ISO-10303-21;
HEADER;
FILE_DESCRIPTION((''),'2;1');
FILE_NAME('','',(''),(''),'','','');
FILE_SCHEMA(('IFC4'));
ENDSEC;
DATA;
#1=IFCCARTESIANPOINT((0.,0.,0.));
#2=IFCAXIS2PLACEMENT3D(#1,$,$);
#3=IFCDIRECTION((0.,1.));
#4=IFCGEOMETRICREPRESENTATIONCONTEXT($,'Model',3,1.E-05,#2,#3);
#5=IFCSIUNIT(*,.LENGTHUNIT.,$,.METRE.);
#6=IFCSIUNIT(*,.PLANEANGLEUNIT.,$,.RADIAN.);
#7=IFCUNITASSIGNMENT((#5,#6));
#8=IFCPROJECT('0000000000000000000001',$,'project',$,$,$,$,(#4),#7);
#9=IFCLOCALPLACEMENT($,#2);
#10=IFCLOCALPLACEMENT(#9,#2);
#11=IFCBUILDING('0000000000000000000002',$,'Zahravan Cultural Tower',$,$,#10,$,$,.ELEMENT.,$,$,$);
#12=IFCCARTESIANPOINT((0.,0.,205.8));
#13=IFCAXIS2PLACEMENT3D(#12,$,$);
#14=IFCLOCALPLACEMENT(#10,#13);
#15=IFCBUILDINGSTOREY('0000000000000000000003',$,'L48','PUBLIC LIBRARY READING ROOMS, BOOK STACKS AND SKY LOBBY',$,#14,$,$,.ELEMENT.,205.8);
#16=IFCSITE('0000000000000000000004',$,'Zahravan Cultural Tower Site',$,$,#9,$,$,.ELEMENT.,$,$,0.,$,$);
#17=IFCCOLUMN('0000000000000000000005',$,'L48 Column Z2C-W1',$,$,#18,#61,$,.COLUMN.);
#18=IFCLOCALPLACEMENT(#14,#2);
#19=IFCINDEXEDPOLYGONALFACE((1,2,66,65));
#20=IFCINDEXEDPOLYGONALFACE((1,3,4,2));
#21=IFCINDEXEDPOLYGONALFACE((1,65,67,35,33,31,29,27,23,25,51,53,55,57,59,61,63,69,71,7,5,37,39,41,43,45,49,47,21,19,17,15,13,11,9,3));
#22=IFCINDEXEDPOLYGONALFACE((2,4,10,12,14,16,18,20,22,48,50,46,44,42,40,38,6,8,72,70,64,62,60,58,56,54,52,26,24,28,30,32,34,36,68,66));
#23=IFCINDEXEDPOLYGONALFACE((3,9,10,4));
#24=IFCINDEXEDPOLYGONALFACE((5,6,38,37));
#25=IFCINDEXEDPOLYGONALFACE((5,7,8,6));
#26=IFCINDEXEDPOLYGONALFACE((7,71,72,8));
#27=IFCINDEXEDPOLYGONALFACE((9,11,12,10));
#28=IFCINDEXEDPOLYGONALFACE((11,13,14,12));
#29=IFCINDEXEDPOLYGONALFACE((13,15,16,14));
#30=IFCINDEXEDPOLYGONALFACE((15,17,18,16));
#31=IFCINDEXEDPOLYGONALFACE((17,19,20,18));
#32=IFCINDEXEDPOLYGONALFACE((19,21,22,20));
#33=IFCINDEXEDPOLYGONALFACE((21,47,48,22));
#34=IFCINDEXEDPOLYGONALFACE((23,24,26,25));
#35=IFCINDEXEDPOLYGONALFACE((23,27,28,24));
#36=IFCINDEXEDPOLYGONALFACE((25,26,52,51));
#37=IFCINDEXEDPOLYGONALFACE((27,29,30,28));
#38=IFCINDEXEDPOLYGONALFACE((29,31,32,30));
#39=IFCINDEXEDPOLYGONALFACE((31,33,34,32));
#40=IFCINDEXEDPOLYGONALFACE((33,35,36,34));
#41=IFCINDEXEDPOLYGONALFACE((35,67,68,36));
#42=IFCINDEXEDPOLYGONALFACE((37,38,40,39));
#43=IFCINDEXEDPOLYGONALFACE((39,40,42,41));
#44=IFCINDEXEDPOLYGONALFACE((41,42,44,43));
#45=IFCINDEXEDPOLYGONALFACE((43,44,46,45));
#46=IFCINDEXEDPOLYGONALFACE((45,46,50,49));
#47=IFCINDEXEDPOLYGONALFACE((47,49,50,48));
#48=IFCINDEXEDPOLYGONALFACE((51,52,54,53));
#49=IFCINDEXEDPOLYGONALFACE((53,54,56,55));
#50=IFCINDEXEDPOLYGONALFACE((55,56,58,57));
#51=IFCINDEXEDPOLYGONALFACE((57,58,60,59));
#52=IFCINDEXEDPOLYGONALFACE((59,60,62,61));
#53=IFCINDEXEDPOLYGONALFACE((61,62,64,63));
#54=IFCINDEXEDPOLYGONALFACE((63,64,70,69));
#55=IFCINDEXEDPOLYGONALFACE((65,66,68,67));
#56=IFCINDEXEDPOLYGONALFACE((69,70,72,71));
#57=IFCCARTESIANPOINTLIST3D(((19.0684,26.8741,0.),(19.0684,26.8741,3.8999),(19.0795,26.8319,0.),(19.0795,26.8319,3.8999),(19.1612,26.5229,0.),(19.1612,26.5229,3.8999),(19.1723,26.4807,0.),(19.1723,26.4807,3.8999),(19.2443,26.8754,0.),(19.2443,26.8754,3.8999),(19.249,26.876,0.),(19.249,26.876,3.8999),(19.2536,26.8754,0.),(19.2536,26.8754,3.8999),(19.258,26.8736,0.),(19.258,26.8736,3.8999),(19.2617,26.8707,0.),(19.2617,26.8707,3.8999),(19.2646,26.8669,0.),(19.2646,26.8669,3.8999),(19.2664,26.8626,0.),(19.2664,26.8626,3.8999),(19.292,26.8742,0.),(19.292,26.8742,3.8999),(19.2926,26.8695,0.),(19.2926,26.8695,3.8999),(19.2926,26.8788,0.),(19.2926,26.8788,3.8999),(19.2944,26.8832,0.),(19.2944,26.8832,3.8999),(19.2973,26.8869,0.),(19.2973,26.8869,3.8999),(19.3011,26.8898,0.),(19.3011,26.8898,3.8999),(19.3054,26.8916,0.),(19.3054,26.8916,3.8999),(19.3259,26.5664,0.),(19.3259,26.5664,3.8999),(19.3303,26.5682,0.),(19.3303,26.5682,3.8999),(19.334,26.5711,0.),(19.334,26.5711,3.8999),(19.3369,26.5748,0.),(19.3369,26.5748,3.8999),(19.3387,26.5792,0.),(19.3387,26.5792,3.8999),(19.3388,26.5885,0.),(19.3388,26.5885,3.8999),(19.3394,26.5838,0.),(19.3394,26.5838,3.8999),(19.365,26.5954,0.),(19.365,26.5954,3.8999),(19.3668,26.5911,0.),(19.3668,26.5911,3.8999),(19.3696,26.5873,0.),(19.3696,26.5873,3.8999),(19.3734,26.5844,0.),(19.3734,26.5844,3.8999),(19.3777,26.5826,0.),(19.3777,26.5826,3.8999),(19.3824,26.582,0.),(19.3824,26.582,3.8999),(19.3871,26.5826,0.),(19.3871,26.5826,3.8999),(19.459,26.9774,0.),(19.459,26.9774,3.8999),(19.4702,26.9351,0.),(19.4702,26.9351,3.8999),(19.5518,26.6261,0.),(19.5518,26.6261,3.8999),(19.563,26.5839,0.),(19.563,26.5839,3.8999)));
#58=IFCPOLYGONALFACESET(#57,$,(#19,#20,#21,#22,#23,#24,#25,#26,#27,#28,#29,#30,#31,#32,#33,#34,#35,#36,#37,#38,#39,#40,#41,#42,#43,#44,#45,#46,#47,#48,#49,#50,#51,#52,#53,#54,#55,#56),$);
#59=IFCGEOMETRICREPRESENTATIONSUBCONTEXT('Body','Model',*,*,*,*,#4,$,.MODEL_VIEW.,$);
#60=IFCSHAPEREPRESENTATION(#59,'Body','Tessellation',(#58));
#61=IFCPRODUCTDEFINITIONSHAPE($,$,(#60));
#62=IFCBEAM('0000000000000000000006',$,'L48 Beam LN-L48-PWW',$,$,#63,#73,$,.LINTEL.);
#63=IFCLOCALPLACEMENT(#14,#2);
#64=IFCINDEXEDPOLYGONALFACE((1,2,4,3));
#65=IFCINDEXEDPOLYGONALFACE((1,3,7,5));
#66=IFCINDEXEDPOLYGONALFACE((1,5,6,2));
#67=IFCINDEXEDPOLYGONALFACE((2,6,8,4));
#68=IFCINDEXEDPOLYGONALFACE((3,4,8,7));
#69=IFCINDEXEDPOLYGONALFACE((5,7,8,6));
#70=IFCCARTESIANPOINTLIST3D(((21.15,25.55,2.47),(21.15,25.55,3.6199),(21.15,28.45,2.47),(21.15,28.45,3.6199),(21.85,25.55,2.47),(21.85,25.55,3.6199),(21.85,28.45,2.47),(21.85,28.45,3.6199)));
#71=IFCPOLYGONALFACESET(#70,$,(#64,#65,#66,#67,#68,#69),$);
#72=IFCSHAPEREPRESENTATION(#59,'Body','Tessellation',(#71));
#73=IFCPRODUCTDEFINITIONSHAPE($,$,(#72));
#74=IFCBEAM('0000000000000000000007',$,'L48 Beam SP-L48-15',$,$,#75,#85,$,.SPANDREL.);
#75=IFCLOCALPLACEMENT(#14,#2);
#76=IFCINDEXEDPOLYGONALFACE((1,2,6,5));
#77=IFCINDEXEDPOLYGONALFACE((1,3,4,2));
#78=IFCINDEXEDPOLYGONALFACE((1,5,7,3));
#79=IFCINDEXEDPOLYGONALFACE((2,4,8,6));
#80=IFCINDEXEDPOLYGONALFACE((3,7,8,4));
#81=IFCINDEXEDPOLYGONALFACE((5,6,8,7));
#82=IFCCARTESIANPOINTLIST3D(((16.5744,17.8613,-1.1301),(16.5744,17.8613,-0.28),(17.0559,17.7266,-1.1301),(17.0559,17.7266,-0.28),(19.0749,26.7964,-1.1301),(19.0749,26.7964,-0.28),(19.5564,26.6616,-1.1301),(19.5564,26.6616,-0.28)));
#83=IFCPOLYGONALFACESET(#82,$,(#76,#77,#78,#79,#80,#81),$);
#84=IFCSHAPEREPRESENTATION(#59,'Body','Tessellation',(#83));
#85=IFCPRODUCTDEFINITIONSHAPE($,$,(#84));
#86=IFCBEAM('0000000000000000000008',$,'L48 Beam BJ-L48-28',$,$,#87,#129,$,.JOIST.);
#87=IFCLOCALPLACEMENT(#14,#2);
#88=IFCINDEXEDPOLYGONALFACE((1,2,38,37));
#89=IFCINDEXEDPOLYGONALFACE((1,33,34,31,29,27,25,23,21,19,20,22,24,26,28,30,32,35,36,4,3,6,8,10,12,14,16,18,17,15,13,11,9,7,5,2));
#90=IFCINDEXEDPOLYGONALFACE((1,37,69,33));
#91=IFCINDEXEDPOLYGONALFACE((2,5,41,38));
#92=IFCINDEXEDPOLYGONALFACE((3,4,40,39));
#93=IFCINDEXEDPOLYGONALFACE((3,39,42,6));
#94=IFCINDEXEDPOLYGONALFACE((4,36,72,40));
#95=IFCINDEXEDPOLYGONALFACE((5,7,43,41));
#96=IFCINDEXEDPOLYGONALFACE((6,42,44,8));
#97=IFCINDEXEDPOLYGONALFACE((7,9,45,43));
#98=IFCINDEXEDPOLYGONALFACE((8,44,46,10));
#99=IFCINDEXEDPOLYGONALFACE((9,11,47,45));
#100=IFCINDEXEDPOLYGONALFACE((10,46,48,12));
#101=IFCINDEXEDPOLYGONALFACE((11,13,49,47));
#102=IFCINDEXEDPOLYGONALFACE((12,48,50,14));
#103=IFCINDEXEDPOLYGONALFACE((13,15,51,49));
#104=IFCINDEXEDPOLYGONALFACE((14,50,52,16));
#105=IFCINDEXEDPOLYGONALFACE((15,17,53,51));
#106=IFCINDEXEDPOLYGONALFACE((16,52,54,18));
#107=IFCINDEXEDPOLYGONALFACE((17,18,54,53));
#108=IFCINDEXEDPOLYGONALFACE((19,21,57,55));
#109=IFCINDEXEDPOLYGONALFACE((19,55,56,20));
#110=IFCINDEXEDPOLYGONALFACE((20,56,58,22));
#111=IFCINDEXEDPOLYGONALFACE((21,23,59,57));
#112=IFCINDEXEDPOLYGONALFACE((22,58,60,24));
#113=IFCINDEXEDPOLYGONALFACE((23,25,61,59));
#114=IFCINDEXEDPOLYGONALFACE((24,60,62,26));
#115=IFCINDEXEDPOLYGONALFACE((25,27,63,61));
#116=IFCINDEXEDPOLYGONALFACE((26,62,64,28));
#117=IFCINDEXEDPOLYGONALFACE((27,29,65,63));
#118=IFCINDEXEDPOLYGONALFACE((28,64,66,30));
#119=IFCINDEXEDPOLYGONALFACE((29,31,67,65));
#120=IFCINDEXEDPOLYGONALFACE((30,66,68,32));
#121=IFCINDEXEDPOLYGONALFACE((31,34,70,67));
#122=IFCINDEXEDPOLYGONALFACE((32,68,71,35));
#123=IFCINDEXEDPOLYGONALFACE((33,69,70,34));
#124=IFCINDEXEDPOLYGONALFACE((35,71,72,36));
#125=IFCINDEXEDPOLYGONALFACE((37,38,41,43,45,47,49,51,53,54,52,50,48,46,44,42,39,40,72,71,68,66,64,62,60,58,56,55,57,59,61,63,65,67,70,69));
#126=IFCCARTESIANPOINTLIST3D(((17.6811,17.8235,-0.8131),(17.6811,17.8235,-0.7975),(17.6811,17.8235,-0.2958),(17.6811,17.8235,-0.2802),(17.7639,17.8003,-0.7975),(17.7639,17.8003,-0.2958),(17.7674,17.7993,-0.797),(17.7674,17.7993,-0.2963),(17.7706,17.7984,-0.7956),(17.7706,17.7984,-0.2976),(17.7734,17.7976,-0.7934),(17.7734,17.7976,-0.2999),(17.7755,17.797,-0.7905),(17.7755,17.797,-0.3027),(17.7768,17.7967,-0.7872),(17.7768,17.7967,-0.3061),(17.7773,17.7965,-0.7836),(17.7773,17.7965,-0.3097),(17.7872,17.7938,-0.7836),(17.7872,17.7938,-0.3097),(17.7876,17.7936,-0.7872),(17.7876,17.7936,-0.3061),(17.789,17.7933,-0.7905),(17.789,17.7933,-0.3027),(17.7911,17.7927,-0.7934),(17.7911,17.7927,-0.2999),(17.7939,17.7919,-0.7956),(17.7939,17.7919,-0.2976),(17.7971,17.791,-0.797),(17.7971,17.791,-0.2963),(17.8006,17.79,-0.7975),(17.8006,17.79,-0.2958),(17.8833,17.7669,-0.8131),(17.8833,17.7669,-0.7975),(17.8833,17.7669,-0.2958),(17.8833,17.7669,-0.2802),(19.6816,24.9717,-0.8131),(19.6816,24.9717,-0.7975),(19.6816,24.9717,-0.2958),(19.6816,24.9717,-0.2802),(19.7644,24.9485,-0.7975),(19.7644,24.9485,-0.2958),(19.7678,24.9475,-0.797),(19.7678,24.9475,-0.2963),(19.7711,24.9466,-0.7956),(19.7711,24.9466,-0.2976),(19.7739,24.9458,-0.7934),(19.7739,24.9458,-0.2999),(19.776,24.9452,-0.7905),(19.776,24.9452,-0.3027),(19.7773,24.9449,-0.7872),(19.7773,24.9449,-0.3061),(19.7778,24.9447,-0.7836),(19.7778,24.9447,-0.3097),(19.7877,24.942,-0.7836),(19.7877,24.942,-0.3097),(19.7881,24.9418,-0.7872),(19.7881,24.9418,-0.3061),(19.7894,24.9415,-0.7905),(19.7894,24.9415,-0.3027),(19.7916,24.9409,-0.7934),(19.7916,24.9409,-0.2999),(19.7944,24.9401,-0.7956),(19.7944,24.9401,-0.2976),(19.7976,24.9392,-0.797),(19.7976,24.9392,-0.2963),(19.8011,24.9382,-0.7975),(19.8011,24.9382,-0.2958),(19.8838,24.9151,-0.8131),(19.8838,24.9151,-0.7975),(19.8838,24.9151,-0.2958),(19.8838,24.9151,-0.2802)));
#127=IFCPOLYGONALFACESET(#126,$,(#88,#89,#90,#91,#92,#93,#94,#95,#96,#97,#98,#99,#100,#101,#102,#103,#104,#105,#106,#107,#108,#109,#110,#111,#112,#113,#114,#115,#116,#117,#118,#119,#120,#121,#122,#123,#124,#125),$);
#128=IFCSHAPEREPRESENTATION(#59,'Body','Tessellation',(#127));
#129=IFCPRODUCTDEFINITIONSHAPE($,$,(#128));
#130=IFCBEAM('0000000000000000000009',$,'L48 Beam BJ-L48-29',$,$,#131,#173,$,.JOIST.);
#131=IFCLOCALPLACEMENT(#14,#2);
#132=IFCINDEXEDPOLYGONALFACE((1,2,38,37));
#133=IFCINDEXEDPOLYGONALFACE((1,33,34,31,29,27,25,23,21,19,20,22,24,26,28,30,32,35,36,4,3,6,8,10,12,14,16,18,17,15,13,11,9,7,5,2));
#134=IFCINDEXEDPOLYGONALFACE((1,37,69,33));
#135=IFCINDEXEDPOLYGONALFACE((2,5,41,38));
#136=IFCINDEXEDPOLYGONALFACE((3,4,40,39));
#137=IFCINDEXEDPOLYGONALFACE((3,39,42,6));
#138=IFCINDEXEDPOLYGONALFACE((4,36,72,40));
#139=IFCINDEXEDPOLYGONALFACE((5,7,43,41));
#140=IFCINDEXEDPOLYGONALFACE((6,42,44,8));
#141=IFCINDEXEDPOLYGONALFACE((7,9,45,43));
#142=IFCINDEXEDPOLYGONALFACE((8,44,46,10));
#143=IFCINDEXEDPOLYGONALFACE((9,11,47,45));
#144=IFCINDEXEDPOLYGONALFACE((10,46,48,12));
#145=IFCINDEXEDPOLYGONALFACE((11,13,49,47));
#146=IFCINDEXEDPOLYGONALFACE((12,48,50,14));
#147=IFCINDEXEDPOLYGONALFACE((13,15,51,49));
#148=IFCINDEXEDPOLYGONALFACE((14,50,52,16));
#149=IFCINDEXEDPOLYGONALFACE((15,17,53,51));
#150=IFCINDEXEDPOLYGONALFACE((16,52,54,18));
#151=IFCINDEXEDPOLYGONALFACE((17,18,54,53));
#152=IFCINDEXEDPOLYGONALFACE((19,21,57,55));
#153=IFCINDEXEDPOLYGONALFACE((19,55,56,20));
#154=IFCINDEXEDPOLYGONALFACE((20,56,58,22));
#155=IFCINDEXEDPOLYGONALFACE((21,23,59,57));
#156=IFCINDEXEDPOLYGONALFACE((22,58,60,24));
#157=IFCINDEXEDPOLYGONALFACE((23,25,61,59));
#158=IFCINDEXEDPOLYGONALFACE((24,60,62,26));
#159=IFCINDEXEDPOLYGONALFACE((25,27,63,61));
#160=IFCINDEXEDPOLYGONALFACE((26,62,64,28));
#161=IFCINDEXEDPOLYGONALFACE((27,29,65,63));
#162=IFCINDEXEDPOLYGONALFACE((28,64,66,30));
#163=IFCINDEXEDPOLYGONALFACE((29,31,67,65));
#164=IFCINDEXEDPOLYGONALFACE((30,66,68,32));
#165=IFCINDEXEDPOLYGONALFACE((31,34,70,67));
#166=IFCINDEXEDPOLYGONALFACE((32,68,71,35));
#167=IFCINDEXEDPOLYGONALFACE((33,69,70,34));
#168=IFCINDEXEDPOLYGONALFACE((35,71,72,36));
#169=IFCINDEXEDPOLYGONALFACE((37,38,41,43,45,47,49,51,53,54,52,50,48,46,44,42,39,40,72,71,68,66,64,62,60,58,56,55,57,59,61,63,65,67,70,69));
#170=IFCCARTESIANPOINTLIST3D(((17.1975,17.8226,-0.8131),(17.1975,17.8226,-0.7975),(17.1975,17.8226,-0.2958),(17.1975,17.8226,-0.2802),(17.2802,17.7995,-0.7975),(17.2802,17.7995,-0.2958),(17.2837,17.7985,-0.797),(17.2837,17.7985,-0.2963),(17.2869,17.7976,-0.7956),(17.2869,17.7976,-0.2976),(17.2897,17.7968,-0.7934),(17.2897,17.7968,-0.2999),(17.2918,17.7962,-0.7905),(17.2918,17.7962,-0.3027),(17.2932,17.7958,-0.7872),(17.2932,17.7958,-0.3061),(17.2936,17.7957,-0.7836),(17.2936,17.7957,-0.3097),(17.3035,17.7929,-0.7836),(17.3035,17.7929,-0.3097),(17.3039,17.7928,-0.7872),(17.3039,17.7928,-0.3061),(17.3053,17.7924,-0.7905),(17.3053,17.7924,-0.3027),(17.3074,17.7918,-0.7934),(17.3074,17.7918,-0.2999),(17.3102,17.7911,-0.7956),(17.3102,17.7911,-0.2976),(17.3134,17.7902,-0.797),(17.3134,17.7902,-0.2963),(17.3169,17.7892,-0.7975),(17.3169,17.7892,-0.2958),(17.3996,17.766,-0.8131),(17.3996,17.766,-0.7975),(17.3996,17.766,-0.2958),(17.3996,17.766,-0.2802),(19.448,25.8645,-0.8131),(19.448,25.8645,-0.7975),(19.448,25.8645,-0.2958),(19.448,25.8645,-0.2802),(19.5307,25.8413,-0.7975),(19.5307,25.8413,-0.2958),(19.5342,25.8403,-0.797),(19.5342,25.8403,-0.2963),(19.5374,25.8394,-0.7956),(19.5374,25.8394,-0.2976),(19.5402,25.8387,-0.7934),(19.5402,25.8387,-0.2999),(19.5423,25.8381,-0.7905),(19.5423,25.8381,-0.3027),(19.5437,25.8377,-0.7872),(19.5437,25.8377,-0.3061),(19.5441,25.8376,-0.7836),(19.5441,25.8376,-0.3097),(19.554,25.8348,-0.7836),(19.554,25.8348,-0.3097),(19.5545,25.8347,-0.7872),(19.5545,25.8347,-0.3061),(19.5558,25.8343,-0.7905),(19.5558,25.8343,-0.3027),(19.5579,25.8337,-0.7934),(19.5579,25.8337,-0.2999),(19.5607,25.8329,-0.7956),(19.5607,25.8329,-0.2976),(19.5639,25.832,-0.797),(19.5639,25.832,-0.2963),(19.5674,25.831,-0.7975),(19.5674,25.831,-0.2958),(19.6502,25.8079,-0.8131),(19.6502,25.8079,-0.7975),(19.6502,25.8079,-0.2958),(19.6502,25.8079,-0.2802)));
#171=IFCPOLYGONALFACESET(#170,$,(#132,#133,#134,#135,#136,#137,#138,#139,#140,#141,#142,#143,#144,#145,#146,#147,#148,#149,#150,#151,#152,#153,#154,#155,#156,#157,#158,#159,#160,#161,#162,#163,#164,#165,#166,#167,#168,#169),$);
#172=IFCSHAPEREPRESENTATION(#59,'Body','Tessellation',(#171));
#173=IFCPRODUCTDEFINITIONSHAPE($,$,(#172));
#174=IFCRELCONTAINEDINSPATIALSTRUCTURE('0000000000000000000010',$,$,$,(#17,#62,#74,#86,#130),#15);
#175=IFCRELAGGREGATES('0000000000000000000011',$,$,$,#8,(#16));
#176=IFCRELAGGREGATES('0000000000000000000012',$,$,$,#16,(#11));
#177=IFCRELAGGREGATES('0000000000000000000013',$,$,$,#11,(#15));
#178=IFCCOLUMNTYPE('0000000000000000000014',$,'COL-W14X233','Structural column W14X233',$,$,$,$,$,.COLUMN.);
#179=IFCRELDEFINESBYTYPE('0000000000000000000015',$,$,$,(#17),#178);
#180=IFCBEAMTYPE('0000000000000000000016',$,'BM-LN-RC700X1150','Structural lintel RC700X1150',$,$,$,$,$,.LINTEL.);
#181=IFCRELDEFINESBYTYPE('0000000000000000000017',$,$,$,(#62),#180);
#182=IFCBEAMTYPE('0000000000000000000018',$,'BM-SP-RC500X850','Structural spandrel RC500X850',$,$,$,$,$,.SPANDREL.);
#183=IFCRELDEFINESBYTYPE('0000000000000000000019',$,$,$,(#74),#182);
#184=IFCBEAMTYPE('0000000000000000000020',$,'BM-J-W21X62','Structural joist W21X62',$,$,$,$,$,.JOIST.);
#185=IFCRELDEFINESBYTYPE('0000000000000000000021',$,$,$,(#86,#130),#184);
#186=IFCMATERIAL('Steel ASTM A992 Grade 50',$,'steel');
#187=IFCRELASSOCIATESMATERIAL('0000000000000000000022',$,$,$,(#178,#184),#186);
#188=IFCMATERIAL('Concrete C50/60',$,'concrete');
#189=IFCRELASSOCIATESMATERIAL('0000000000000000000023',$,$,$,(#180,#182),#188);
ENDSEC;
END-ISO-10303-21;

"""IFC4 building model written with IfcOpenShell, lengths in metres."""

from ifc_helpers import new_model, si_unit, direction, frame, origin, origin_2d, place, context, subcontext, project, spatial, rectangle, i_section, extrude, source, transform, mapped, material, material_profile, profile_set, type_object, element, save


model = new_model("IFC4")

# Units and contexts
model_context = context("Model", 3, precision=1e-05, world=origin(), true_north=direction((0.0, 1.0)))
body_context = subcontext(model_context, "Body", "Model", "MODEL_VIEW")
ifc_project = project(units=[si_unit("LENGTHUNIT", "METRE"), si_unit("PLANEANGLEUNIT", "RADIAN")], contexts=[model_context])

# Site, building, storey
site_placement = place(None, origin())
site = spatial("IfcSite", under=ifc_project, at=site_placement, Name="Zahravan Cultural Tower Site", CompositionType="ELEMENT", RefElevation=0.0)
building_placement = place(site_placement, origin())
building = spatial("IfcBuilding", under=site, at=building_placement, Name="Zahravan Cultural Tower", CompositionType="ELEMENT")
storey_placement = place(building_placement, frame((0.0, 0.0, 205.8)))
storey = spatial("IfcBuildingStorey", under=building, at=storey_placement, Name="L48", Description="PUBLIC LIBRARY READING ROOMS, BOOK STACKS AND SKY LOBBY", CompositionType="ELEMENT", Elevation=205.8)

# Column
ifc_material_1 = material(Name="Steel ASTM A992 Grade 50", Category="steel")
ifc_material_profile_1 = material_profile(ifc_material_1, i_section(OverallWidth=0.4041, OverallDepth=0.407, WebThickness=0.0271, FlangeThickness=0.0437, FilletRadius=0.0181, at=origin_2d()), Name="W14X233")
ifc_profile_set_1 = profile_set([ifc_material_profile_1], Name="Steel ASTM A992 Grade 50")
column_type = type_object("IfcColumnType", Name="COL-W14X233", Description="Structural column W14X233", PredefinedType="COLUMN", material=ifc_profile_set_1)
shared_shape_1 = source(origin(), body_context, "Body", "SweptSolid", [
    extrude(i_section(OverallWidth=0.4041, OverallDepth=0.407, WebThickness=0.0271, FlangeThickness=0.0437, FilletRadius=0.0181, at=origin_2d()), origin(), (0.0, 0.0, 1.0), 3.8999),
])
column_placement = place(storey_placement, frame((19.3157, 26.729, 0.0), z_axis=(0.0, 0.0, 1.0), x_axis=(0.966823, 0.255446, 0.0)))
element("IfcColumn", 1, at=column_placement, inside=storey, type_object=column_type, Name="L48 Column Z2C-W1", PredefinedType="COLUMN", context=body_context, shape_type="MappedRepresentation", body=[
    mapped(shared_shape_1, transform((0.0, 0.0, 0.0), x_axis=(1.0, 0.0, 0.0), y_axis=(0.0, 1.0, 0.0), z_axis=(0.0, 0.0, 1.0), scale=1.0)),
])

# Beams
ifc_material_2 = material(Name="Concrete C50/60", Category="concrete")
ifc_material_profile_2 = material_profile(ifc_material_2, rectangle(XDim=0.7, YDim=1.1499, at=origin_2d()), Name="RC700X1150")
ifc_profile_set_2 = profile_set([ifc_material_profile_2], Name="Concrete C50/60")
beam_type_1 = type_object("IfcBeamType", Name="BM-LN-RC700X1150", Description="Structural lintel RC700X1150", PredefinedType="LINTEL", material=ifc_profile_set_2)
shared_shape_2 = source(origin(), body_context, "Body", "SweptSolid", [
    extrude(rectangle(XDim=0.7, YDim=1.1499, at=origin_2d()), origin(), (0.0, 0.0, 1.0), 2.8999),
])
beam_1_placement = place(storey_placement, frame((21.5, 25.55, 3.0449), z_axis=(0.0, 1.0, 0.0), x_axis=(-1.0, 0.0, 0.0)))
element("IfcBeam", 2, at=beam_1_placement, inside=storey, type_object=beam_type_1, Name="L48 Beam LN-L48-PWW", PredefinedType="LINTEL", context=body_context, shape_type="MappedRepresentation", body=[
    mapped(shared_shape_2, transform((0.0, 0.0, 0.0), x_axis=(1.0, 0.0, 0.0), y_axis=(0.0, 1.0, 0.0), z_axis=(0.0, 0.0, 1.0), scale=1.0)),
])
ifc_material_profile_3 = material_profile(ifc_material_2, rectangle(XDim=0.5, YDim=0.8501, at=origin_2d()), Name="RC500X850")
ifc_profile_set_3 = profile_set([ifc_material_profile_3], Name="Concrete C50/60")
beam_type_2 = type_object("IfcBeamType", Name="BM-SP-RC500X850", Description="Structural spandrel RC500X850", PredefinedType="SPANDREL", material=ifc_profile_set_3)
shared_shape_3 = source(origin(), body_context, "Body", "SweptSolid", [
    extrude(rectangle(XDim=0.5, YDim=0.8501, at=origin_2d()), origin(), (0.0, 0.0, 1.0), 9.2783),
])
beam_2_placement = place(storey_placement, frame((19.3157, 26.729, -0.7051), z_axis=(-0.269497, -0.963001, 0.0), x_axis=(0.963001, -0.269497, 0.0)))
element("IfcBeam", 3, at=beam_2_placement, inside=storey, type_object=beam_type_2, Name="L48 Beam SP-L48-15", PredefinedType="SPANDREL", context=body_context, shape_type="MappedRepresentation", body=[
    mapped(shared_shape_3, transform((0.0, 0.0, 0.0), x_axis=(1.0, 0.0, 0.0), y_axis=(0.0, 1.0, 0.0), z_axis=(0.0, 0.0, 1.0), scale=1.0)),
])
ifc_material_profile_4 = material_profile(ifc_material_1, i_section(OverallWidth=0.21, OverallDepth=0.533, WebThickness=0.0103, FlangeThickness=0.0156, FilletRadius=0.0139, at=origin_2d()), Name="W21X62")
ifc_profile_set_4 = profile_set([ifc_material_profile_4], Name="Steel ASTM A992 Grade 50")
beam_type_3 = type_object("IfcBeamType", Name="BM-J-W21X62", Description="Structural joist W21X62", PredefinedType="JOIST", material=ifc_profile_set_4)
shared_shape_4 = source(origin(), body_context, "Body", "SweptSolid", [
    extrude(i_section(OverallWidth=0.21, OverallDepth=0.533, WebThickness=0.0103, FlangeThickness=0.0156, FilletRadius=0.0139, at=origin_2d()), origin(), (0.0, 0.0, 1.0), 7.4229),
])
beam_3_placement = place(storey_placement, frame((19.7827, 24.9434, -0.5466), z_axis=(-0.269504, -0.962999, 0.0), x_axis=(0.962999, -0.269504, 0.0)))
element("IfcBeam", 4, at=beam_3_placement, inside=storey, type_object=beam_type_3, Name="L48 Beam BJ-L48-28", PredefinedType="JOIST", context=body_context, shape_type="MappedRepresentation", body=[
    mapped(shared_shape_4, transform((0.0, 0.0, 0.0), x_axis=(1.0, 0.0, 0.0), y_axis=(0.0, 1.0, 0.0), z_axis=(0.0, 0.0, 1.0), scale=1.0)),
])
shared_shape_5 = source(origin(), body_context, "Body", "SweptSolid", [
    extrude(i_section(OverallWidth=0.21, OverallDepth=0.533, WebThickness=0.0103, FlangeThickness=0.0156, FilletRadius=0.0139, at=origin_2d()), origin(), (0.0, 0.0, 1.0), 8.3508),
])
beam_4_placement = place(storey_placement, frame((19.5491, 25.8362, -0.5466), z_axis=(-0.269497, -0.963001, 0.0), x_axis=(0.963001, -0.269497, 0.0)))
element("IfcBeam", 5, at=beam_4_placement, inside=storey, type_object=beam_type_3, Name="L48 Beam BJ-L48-29", PredefinedType="JOIST", context=body_context, shape_type="MappedRepresentation", body=[
    mapped(shared_shape_5, transform((0.0, 0.0, 0.0), x_axis=(1.0, 0.0, 0.0), y_axis=(0.0, 1.0, 0.0), z_axis=(0.0, 0.0, 1.0), scale=1.0)),
])

save(model, "model.ifc")
